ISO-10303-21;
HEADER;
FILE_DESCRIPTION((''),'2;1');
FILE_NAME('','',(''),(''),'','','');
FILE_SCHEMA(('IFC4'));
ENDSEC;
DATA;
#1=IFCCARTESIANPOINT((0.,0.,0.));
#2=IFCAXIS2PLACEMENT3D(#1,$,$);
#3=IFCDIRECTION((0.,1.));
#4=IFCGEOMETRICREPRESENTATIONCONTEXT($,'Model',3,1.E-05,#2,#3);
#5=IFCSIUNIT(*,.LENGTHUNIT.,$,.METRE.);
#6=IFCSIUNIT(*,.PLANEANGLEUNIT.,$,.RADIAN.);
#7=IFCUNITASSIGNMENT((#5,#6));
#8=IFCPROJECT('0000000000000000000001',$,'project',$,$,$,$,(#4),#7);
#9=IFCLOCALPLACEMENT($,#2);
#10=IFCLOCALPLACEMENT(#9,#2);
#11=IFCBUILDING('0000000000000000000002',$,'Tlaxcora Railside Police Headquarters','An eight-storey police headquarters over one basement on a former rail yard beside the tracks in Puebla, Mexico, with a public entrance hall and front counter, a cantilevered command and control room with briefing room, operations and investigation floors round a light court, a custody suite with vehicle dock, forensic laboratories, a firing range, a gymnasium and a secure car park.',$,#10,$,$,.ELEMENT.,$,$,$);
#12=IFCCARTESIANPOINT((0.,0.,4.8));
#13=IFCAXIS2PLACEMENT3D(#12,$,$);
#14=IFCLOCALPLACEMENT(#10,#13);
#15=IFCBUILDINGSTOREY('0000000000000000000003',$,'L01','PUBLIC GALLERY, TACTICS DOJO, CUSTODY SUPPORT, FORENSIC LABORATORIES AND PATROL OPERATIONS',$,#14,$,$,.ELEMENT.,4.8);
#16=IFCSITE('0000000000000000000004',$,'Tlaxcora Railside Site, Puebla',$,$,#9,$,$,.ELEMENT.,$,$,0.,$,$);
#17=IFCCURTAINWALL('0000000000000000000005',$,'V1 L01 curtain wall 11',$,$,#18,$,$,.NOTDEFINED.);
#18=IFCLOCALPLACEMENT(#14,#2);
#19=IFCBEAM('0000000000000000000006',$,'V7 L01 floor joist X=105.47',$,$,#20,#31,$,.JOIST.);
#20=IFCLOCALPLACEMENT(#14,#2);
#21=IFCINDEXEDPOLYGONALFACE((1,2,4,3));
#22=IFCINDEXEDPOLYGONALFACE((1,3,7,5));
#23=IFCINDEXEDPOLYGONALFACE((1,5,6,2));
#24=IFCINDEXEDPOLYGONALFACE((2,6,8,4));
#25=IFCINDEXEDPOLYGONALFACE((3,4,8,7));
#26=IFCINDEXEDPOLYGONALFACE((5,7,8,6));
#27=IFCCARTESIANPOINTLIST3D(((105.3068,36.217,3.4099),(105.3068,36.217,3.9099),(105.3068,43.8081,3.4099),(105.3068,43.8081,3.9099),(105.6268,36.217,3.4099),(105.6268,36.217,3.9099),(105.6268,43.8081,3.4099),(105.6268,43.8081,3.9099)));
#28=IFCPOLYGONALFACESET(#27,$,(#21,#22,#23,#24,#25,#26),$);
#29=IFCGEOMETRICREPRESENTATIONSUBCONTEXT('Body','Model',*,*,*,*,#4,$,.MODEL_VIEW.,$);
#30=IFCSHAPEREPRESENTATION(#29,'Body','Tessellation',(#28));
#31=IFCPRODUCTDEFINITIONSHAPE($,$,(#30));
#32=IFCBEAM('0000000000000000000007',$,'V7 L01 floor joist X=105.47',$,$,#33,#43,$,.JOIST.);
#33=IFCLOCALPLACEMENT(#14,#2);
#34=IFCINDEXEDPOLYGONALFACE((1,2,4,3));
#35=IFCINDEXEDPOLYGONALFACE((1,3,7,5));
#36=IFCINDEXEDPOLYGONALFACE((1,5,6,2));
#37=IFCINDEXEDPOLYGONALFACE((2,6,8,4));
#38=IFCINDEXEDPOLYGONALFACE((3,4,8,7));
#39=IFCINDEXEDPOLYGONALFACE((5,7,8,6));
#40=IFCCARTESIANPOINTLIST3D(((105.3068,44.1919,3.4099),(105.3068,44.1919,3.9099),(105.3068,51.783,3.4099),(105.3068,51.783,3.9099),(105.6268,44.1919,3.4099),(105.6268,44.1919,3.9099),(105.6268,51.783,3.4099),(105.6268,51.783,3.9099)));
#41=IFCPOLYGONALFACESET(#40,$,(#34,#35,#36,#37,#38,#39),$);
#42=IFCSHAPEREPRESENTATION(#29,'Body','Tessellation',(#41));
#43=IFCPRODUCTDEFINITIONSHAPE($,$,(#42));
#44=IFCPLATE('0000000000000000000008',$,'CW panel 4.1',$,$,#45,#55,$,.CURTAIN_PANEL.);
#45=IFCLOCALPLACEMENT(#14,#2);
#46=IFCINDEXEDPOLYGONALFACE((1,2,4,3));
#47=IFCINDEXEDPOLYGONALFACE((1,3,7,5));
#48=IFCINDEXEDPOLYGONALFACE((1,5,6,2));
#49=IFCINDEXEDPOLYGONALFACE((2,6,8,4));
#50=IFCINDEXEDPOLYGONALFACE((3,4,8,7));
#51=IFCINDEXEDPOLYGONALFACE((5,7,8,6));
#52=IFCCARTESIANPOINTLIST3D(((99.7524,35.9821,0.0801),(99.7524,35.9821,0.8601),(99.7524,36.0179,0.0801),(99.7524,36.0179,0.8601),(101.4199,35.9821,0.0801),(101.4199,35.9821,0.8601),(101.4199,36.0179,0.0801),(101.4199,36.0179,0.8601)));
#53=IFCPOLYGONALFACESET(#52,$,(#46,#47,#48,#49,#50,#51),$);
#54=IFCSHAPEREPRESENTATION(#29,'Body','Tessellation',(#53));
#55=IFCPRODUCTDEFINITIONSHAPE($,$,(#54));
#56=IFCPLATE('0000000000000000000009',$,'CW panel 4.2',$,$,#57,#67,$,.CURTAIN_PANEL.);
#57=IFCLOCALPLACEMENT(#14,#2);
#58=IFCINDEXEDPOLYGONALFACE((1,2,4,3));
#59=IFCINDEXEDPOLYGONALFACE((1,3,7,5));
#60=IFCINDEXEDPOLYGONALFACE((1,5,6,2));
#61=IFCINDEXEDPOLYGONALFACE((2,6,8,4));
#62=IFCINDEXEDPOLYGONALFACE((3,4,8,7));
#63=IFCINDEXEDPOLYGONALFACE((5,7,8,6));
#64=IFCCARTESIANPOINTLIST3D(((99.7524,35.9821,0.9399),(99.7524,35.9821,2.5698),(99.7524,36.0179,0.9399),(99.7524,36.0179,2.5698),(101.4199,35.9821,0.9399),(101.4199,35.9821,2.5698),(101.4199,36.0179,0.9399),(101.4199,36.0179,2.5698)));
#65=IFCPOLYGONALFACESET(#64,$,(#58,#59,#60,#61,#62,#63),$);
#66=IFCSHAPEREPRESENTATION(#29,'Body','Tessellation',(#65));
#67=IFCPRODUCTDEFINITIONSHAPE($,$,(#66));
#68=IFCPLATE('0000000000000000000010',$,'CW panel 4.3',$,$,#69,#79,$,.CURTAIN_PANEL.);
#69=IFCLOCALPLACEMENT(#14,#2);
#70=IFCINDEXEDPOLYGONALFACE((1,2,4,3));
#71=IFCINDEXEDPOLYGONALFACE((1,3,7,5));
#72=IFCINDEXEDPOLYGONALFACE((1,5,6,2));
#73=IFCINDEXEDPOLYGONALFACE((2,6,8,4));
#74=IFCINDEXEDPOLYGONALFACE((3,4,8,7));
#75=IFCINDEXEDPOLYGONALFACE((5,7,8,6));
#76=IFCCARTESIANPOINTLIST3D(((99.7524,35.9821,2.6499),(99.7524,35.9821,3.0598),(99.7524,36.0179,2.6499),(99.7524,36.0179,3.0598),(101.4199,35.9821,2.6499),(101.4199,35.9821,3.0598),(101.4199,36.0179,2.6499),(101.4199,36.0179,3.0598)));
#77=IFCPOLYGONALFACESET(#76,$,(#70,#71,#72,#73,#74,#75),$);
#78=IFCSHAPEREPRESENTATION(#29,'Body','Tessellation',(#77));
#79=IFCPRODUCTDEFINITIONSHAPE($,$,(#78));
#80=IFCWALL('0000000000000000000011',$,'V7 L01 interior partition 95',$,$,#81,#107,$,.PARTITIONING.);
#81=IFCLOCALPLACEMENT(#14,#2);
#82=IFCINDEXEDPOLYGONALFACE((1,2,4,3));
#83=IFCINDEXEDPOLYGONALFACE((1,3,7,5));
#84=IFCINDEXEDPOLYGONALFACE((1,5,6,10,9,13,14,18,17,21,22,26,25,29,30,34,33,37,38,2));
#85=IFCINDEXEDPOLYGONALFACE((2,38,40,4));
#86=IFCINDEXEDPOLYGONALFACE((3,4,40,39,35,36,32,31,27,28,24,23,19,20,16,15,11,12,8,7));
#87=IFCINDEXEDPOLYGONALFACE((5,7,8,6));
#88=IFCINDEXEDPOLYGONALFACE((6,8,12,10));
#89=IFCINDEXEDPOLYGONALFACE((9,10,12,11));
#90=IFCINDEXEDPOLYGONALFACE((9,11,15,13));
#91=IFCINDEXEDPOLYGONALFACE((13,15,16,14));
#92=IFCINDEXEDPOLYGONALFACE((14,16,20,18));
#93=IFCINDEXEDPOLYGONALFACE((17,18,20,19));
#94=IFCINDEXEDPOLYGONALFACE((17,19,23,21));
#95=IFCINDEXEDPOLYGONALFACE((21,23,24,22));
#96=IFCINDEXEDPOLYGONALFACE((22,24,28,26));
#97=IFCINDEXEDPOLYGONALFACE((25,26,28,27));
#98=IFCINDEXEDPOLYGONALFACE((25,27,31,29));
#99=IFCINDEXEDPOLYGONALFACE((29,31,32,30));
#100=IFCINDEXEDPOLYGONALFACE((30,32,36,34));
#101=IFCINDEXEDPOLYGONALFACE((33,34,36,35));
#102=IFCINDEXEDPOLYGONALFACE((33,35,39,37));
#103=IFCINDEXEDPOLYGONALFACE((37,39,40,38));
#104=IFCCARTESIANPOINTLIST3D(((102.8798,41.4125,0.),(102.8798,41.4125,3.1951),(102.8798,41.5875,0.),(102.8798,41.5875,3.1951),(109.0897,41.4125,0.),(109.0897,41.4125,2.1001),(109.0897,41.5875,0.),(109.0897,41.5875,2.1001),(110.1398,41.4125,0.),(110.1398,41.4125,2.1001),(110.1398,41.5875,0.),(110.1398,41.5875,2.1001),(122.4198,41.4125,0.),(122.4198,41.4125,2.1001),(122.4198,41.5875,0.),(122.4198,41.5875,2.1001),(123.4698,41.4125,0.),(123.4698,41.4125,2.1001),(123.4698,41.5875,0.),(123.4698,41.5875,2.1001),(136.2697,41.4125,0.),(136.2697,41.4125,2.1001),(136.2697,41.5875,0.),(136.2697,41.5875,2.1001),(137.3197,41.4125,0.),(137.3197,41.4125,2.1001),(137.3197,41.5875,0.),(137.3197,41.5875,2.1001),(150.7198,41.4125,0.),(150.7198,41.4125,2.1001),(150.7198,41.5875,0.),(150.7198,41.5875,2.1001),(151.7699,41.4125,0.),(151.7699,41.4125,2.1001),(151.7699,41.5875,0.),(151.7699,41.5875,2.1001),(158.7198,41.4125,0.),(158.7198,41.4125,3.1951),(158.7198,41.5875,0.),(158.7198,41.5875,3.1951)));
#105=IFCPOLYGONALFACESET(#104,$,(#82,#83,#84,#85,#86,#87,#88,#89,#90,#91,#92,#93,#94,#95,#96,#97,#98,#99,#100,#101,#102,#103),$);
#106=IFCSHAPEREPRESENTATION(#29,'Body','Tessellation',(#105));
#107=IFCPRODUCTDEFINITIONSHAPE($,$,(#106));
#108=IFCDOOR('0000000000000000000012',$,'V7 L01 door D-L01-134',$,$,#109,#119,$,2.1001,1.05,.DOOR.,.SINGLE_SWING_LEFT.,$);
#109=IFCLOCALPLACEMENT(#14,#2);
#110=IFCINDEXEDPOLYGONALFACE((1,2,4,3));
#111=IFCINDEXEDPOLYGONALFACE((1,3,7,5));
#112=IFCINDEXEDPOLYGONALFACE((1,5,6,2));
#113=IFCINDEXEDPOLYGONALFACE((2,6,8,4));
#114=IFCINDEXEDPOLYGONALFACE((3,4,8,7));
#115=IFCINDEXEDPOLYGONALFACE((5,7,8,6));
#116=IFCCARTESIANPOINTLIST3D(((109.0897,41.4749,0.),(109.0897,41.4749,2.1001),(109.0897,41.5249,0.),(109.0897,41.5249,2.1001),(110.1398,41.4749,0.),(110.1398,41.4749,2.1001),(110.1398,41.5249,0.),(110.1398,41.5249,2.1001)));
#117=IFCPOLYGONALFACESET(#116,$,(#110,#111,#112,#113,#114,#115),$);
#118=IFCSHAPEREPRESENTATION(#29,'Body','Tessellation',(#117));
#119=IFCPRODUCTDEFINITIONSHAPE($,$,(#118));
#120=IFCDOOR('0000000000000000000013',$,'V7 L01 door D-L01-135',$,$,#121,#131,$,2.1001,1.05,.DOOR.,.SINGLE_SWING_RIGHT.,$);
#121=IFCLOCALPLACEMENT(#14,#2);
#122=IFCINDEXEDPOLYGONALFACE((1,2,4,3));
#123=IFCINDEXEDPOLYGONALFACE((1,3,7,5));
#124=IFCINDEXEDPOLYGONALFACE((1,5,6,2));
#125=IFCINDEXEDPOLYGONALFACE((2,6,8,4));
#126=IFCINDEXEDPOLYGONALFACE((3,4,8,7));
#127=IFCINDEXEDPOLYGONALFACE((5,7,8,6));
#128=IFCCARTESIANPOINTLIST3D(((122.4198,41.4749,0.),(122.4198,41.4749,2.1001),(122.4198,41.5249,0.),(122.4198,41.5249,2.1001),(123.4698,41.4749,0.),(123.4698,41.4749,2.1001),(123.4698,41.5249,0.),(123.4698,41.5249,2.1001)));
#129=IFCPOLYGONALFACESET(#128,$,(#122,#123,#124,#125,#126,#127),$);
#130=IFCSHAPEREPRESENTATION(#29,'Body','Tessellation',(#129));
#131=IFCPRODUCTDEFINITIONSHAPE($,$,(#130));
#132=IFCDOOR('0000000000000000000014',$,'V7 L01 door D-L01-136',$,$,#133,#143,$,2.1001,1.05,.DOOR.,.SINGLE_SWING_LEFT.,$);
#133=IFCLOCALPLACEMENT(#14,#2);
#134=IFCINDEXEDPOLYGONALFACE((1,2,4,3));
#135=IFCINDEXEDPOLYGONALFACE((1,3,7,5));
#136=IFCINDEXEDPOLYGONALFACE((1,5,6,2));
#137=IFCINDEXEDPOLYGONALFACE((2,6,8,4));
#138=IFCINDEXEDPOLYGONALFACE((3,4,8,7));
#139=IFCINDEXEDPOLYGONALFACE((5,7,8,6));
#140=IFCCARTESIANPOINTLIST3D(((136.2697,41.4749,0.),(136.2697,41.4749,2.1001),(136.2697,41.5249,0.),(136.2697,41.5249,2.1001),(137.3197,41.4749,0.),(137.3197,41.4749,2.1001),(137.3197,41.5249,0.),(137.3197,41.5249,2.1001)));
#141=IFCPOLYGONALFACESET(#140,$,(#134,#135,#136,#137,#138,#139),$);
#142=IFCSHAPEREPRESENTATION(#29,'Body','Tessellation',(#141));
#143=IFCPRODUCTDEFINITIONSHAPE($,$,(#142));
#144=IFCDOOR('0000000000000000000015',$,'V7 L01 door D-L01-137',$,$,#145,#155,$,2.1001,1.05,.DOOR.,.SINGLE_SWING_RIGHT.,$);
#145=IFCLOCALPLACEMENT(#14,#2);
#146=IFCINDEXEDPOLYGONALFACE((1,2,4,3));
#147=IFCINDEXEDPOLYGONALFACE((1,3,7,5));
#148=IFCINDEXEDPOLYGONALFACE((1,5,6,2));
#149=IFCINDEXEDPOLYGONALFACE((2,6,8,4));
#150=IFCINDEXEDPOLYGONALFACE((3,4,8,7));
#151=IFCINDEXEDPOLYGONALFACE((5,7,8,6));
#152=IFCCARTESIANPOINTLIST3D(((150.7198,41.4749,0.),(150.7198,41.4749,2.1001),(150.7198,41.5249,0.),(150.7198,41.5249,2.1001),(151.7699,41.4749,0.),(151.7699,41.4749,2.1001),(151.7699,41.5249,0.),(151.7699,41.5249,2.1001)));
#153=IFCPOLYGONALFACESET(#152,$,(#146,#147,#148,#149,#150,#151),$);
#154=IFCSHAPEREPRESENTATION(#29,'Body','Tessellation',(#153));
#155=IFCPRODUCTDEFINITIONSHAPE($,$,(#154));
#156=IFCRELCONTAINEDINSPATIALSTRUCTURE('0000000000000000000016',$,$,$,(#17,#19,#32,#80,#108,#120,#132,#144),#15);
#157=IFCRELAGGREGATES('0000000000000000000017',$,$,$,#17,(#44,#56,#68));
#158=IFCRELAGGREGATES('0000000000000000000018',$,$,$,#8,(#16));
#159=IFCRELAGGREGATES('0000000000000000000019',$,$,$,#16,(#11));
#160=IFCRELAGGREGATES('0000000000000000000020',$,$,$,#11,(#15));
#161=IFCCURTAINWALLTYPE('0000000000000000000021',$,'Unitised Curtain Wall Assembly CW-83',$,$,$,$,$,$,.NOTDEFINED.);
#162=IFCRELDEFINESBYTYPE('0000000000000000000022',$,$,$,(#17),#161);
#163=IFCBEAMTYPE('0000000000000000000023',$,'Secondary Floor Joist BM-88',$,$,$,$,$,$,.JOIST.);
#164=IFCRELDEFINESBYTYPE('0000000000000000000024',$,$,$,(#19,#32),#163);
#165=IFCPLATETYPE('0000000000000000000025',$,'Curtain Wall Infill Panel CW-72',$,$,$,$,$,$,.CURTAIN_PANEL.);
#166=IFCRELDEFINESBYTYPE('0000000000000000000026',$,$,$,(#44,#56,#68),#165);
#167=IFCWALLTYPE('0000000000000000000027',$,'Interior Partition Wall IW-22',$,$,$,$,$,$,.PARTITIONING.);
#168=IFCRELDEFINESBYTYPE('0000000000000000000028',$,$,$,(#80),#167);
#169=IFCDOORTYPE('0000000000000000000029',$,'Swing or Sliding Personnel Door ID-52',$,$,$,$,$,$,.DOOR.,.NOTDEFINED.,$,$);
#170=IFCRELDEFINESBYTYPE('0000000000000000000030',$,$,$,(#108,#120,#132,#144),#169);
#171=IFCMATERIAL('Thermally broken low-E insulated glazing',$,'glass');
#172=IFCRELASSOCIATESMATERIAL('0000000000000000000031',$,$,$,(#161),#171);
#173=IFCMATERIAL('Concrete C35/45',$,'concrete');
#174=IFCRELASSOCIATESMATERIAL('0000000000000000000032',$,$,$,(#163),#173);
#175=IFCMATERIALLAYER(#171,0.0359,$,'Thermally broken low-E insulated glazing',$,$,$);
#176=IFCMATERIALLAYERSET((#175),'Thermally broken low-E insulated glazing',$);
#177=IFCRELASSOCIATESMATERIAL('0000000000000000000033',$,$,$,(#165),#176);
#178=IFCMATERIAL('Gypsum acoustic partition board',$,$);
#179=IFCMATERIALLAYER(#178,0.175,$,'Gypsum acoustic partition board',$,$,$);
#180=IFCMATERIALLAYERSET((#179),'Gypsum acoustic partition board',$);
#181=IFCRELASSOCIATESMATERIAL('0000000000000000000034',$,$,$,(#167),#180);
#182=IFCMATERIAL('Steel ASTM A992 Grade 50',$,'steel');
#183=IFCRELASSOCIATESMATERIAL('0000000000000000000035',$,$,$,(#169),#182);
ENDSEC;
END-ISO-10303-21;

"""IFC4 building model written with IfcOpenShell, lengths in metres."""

from ifc_helpers import new_model, si_unit, direction, frame, frame_2d, origin, origin_2d, place, context, subcontext, project, spatial, rectangle, extrude, material, layer, layer_set, material_profile, profile_set, type_object, element, fill, aggregate, save


model = new_model("IFC4")

# Units and contexts
model_context = context("Model", 3, precision=1e-05, world=origin(), true_north=direction((0.0, 1.0)))
body_context = subcontext(model_context, "Body", "Model", "MODEL_VIEW")
ifc_project = project(units=[si_unit("LENGTHUNIT", "METRE"), si_unit("PLANEANGLEUNIT", "RADIAN")], contexts=[model_context])

# Site, building, storey
site_placement = place(None, origin())
site = spatial("IfcSite", under=ifc_project, at=site_placement, Name="Tlaxcora Railside Site, Puebla", CompositionType="ELEMENT", RefElevation=0.0)
building_placement = place(site_placement, origin())
building = spatial("IfcBuilding", under=site, at=building_placement, Name="Tlaxcora Railside Police Headquarters", Description="An eight-storey police headquarters over one basement on a former rail yard beside the tracks in Puebla, Mexico, with a public entrance hall and front counter, a cantilevered command and control room with briefing room, operations and investigation floors round a light court, a custody suite with vehicle dock, forensic laboratories, a firing range, a gymnasium and a secure car park.", CompositionType="ELEMENT")
storey_placement = place(building_placement, frame((0.0, 0.0, 4.8)))
storey = spatial("IfcBuildingStorey", under=building, at=storey_placement, Name="L01", Description="PUBLIC GALLERY, TACTICS DOJO, CUSTODY SUPPORT, FORENSIC LABORATORIES AND PATROL OPERATIONS", CompositionType="ELEMENT", Elevation=4.8)

# Curtain wall
ifc_material_1 = material(Name="Thermally broken low-E insulated glazing", Category="glass")
curtain_wall_type = type_object("IfcCurtainWallType", Name="Unitised Curtain Wall Assembly CW-83", PredefinedType="NOTDEFINED", material=ifc_material_1)
curtain_wall_placement = place(storey_placement, origin())
curtain_wall = element("IfcCurtainWall", 1, at=curtain_wall_placement, inside=storey, type_object=curtain_wall_type, Name="V1 L01 curtain wall 11", PredefinedType="NOTDEFINED")

# Beams
ifc_material_2 = material(Name="Steel ASTM A992 Grade 50", Category="steel")
ifc_material_3 = material(Name="Concrete C35/45", Category="concrete")
ifc_material_profile_1 = material_profile(ifc_material_3, rectangle(XDim=0.3201, YDim=0.5, at=origin_2d()), Name="RC320X500")
ifc_profile_set_1 = profile_set([ifc_material_profile_1], Name="Concrete C35/45")
beam_type_1 = type_object("IfcBeamType", Name="Secondary Floor Joist BM-88", PredefinedType="JOIST", material=ifc_profile_set_1)
for number, where, z_axis, x_axis, name in (
    (2, (105.4668, 36.217, 3.6599), (0.0, 1.0, 0.0), (-1.0, 0.0, 0.0), "V7 L01 floor joist X=105.47"),
    (3, (105.4668, 44.1919, 3.6599), (0.0, 1.0, 0.0), (-1.0, 0.0, 0.0), "V7 L01 floor joist X=105.47"),
):
    element("IfcBeam", number, at=place(storey_placement, frame(where, z_axis=z_axis, x_axis=x_axis)), inside=storey, type_object=beam_type_1, Name=name, PredefinedType="JOIST", context=body_context, shape_type="SweptSolid", body=[
        extrude(rectangle(XDim=0.3201, YDim=0.5, at=origin_2d()), origin(), (0.0, 0.0, 1.0), 7.5911),
    ])

# Plates
ifc_layer_1 = layer(ifc_material_1, 0.0359, Name="Thermally broken low-E insulated glazing")
ifc_layer_set_1 = layer_set([ifc_layer_1], Name="Thermally broken low-E insulated glazing")
plate_type = type_object("IfcPlateType", Name="Curtain Wall Infill Panel CW-72", PredefinedType="CURTAIN_PANEL", material=ifc_layer_set_1)
plate_1_placement = place(storey_placement, frame((100.5862, 36.0, 0.0801), z_axis=(0.0, 0.0, 1.0), x_axis=(1.0, 0.0, 0.0)))
plate_1 = element("IfcPlate", 4, at=plate_1_placement, type_object=plate_type, Name="CW panel 4.1", PredefinedType="CURTAIN_PANEL", context=body_context, shape_type="SweptSolid", body=[
    extrude(rectangle(XDim=1.6675, YDim=0.0359, at=origin_2d()), origin(), (0.0, 0.0, 1.0), 0.78),
])
plate_2_placement = place(storey_placement, frame((100.5862, 36.0, 0.9399), z_axis=(0.0, 0.0, 1.0), x_axis=(1.0, 0.0, 0.0)))
plate_2 = element("IfcPlate", 5, at=plate_2_placement, type_object=plate_type, Name="CW panel 4.2", PredefinedType="CURTAIN_PANEL", context=body_context, shape_type="SweptSolid", body=[
    extrude(rectangle(XDim=1.6675, YDim=0.0359, at=origin_2d()), origin(), (0.0, 0.0, 1.0), 1.6299),
])
plate_3_placement = place(storey_placement, frame((100.5862, 36.0, 2.6499), z_axis=(0.0, 0.0, 1.0), x_axis=(1.0, 0.0, 0.0)))
plate_3 = element("IfcPlate", 6, at=plate_3_placement, type_object=plate_type, Name="CW panel 4.3", PredefinedType="CURTAIN_PANEL", context=body_context, shape_type="SweptSolid", body=[
    extrude(rectangle(XDim=1.6675, YDim=0.0359, at=origin_2d()), origin(), (0.0, 0.0, 1.0), 0.4099),
])
aggregate(curtain_wall, [plate_1, plate_2, plate_3])

# Wall, openings, doors
ifc_material_4 = material(Name="Gypsum acoustic partition board")
ifc_layer_2 = layer(ifc_material_4, 0.175, Name="Gypsum acoustic partition board")
ifc_layer_set_2 = layer_set([ifc_layer_2], Name="Gypsum acoustic partition board")
wall_type_1 = type_object("IfcWallType", Name="Interior Partition Wall IW-22", PredefinedType="PARTITIONING", material=ifc_layer_set_2)
wall_1_placement = place(storey_placement, frame((102.8799, 41.5, 0.0), z_axis=(0.0, 0.0, 1.0), x_axis=(1.0, 0.0, 0.0)))
wall_1 = element("IfcWall", 7, at=wall_1_placement, inside=storey, type_object=wall_type_1, Name="V7 L01 interior partition 95", PredefinedType="PARTITIONING", context=body_context, shape_type="SweptSolid", body=[
    extrude(rectangle(XDim=55.8401, YDim=0.175, at=frame_2d((27.9199, 0.0))), origin(), (0.0, 0.0, 1.0), 3.1951),
])
opening_1_placement = place(wall_1_placement, frame((6.21, 0.0, 0.0)))
opening_1 = element("IfcOpeningElement", 8, at=opening_1_placement, cuts=wall_1, PredefinedType="OPENING", context=body_context, shape_type="SweptSolid", body=[
    extrude(rectangle(XDim=1.05, YDim=2.1001, at=frame_2d((0.5249, 1.05))), frame((0.0, 0.0977, 0.0), z_axis=(0.0, -1.0, 0.0), x_axis=(1.0, 0.0, 0.0)), (0.0, 0.0, 1.0), 0.1951),
])
opening_2_placement = place(wall_1_placement, frame((19.54, 0.0, 0.0)))
opening_2 = element("IfcOpeningElement", 9, at=opening_2_placement, cuts=wall_1, PredefinedType="OPENING", context=body_context, shape_type="SweptSolid", body=[
    extrude(rectangle(XDim=1.05, YDim=2.1001, at=frame_2d((0.5249, 1.05))), frame((0.0, 0.0977, 0.0), z_axis=(0.0, -1.0, 0.0), x_axis=(1.0, 0.0, 0.0)), (0.0, 0.0, 1.0), 0.1951),
])
opening_3_placement = place(wall_1_placement, frame((33.3899, 0.0, 0.0)))
opening_3 = element("IfcOpeningElement", 10, at=opening_3_placement, cuts=wall_1, PredefinedType="OPENING", context=body_context, shape_type="SweptSolid", body=[
    extrude(rectangle(XDim=1.05, YDim=2.1001, at=frame_2d((0.5249, 1.05))), frame((0.0, 0.0977, 0.0), z_axis=(0.0, -1.0, 0.0), x_axis=(1.0, 0.0, 0.0)), (0.0, 0.0, 1.0), 0.1951),
])
opening_4_placement = place(wall_1_placement, frame((47.8401, 0.0, 0.0)))
opening_4 = element("IfcOpeningElement", 11, at=opening_4_placement, cuts=wall_1, PredefinedType="OPENING", context=body_context, shape_type="SweptSolid", body=[
    extrude(rectangle(XDim=1.05, YDim=2.1001, at=frame_2d((0.5249, 1.05))), frame((0.0, 0.0977, 0.0), z_axis=(0.0, -1.0, 0.0), x_axis=(1.0, 0.0, 0.0)), (0.0, 0.0, 1.0), 0.1951),
])
door_type = type_object("IfcDoorType", Name="Swing or Sliding Personnel Door ID-52", OperationType="NOTDEFINED", PredefinedType="DOOR", material=ifc_material_2)
door_1_placement = place(opening_1_placement, origin())
door_1 = element("IfcDoor", 12, at=door_1_placement, inside=storey, type_object=door_type, Name="V7 L01 door D-L01-134", OperationType="SINGLE_SWING_LEFT", OverallHeight=2.1001, OverallWidth=1.05, PredefinedType="DOOR", context=body_context, shape_type="SweptSolid", body=[
    extrude(rectangle(XDim=1.05, YDim=2.1001, at=frame_2d((0.5249, 1.05))), frame((0.0, 0.0249, 0.0), z_axis=(0.0, -1.0, 0.0), x_axis=(1.0, 0.0, 0.0)), (0.0, 0.0, 1.0), 0.05),
])
fill(opening_1, door_1)
door_2_placement = place(opening_2_placement, origin())
door_2 = element("IfcDoor", 13, at=door_2_placement, inside=storey, type_object=door_type, Name="V7 L01 door D-L01-135", OperationType="SINGLE_SWING_RIGHT", OverallHeight=2.1001, OverallWidth=1.05, PredefinedType="DOOR", context=body_context, shape_type="SweptSolid", body=[
    extrude(rectangle(XDim=1.05, YDim=2.1001, at=frame_2d((0.5249, 1.05))), frame((0.0, 0.0249, 0.0), z_axis=(0.0, -1.0, 0.0), x_axis=(1.0, 0.0, 0.0)), (0.0, 0.0, 1.0), 0.05),
])
fill(opening_2, door_2)
door_3_placement = place(opening_3_placement, origin())
door_3 = element("IfcDoor", 14, at=door_3_placement, inside=storey, type_object=door_type, Name="V7 L01 door D-L01-136", OperationType="SINGLE_SWING_LEFT", OverallHeight=2.1001, OverallWidth=1.05, PredefinedType="DOOR", context=body_context, shape_type="SweptSolid", body=[
    extrude(rectangle(XDim=1.05, YDim=2.1001, at=frame_2d((0.5249, 1.05))), frame((0.0, 0.0249, 0.0), z_axis=(0.0, -1.0, 0.0), x_axis=(1.0, 0.0, 0.0)), (0.0, 0.0, 1.0), 0.05),
])
fill(opening_3, door_3)
door_4_placement = place(opening_4_placement, origin())
door_4 = element("IfcDoor", 15, at=door_4_placement, inside=storey, type_object=door_type, Name="V7 L01 door D-L01-137", OperationType="SINGLE_SWING_RIGHT", OverallHeight=2.1001, OverallWidth=1.05, PredefinedType="DOOR", context=body_context, shape_type="SweptSolid", body=[
    extrude(rectangle(XDim=1.05, YDim=2.1001, at=frame_2d((0.5249, 1.05))), frame((0.0, 0.0249, 0.0), z_axis=(0.0, -1.0, 0.0), x_axis=(1.0, 0.0, 0.0)), (0.0, 0.0, 1.0), 0.05),
])
fill(opening_4, door_4)

save(model, "model.ifc")
